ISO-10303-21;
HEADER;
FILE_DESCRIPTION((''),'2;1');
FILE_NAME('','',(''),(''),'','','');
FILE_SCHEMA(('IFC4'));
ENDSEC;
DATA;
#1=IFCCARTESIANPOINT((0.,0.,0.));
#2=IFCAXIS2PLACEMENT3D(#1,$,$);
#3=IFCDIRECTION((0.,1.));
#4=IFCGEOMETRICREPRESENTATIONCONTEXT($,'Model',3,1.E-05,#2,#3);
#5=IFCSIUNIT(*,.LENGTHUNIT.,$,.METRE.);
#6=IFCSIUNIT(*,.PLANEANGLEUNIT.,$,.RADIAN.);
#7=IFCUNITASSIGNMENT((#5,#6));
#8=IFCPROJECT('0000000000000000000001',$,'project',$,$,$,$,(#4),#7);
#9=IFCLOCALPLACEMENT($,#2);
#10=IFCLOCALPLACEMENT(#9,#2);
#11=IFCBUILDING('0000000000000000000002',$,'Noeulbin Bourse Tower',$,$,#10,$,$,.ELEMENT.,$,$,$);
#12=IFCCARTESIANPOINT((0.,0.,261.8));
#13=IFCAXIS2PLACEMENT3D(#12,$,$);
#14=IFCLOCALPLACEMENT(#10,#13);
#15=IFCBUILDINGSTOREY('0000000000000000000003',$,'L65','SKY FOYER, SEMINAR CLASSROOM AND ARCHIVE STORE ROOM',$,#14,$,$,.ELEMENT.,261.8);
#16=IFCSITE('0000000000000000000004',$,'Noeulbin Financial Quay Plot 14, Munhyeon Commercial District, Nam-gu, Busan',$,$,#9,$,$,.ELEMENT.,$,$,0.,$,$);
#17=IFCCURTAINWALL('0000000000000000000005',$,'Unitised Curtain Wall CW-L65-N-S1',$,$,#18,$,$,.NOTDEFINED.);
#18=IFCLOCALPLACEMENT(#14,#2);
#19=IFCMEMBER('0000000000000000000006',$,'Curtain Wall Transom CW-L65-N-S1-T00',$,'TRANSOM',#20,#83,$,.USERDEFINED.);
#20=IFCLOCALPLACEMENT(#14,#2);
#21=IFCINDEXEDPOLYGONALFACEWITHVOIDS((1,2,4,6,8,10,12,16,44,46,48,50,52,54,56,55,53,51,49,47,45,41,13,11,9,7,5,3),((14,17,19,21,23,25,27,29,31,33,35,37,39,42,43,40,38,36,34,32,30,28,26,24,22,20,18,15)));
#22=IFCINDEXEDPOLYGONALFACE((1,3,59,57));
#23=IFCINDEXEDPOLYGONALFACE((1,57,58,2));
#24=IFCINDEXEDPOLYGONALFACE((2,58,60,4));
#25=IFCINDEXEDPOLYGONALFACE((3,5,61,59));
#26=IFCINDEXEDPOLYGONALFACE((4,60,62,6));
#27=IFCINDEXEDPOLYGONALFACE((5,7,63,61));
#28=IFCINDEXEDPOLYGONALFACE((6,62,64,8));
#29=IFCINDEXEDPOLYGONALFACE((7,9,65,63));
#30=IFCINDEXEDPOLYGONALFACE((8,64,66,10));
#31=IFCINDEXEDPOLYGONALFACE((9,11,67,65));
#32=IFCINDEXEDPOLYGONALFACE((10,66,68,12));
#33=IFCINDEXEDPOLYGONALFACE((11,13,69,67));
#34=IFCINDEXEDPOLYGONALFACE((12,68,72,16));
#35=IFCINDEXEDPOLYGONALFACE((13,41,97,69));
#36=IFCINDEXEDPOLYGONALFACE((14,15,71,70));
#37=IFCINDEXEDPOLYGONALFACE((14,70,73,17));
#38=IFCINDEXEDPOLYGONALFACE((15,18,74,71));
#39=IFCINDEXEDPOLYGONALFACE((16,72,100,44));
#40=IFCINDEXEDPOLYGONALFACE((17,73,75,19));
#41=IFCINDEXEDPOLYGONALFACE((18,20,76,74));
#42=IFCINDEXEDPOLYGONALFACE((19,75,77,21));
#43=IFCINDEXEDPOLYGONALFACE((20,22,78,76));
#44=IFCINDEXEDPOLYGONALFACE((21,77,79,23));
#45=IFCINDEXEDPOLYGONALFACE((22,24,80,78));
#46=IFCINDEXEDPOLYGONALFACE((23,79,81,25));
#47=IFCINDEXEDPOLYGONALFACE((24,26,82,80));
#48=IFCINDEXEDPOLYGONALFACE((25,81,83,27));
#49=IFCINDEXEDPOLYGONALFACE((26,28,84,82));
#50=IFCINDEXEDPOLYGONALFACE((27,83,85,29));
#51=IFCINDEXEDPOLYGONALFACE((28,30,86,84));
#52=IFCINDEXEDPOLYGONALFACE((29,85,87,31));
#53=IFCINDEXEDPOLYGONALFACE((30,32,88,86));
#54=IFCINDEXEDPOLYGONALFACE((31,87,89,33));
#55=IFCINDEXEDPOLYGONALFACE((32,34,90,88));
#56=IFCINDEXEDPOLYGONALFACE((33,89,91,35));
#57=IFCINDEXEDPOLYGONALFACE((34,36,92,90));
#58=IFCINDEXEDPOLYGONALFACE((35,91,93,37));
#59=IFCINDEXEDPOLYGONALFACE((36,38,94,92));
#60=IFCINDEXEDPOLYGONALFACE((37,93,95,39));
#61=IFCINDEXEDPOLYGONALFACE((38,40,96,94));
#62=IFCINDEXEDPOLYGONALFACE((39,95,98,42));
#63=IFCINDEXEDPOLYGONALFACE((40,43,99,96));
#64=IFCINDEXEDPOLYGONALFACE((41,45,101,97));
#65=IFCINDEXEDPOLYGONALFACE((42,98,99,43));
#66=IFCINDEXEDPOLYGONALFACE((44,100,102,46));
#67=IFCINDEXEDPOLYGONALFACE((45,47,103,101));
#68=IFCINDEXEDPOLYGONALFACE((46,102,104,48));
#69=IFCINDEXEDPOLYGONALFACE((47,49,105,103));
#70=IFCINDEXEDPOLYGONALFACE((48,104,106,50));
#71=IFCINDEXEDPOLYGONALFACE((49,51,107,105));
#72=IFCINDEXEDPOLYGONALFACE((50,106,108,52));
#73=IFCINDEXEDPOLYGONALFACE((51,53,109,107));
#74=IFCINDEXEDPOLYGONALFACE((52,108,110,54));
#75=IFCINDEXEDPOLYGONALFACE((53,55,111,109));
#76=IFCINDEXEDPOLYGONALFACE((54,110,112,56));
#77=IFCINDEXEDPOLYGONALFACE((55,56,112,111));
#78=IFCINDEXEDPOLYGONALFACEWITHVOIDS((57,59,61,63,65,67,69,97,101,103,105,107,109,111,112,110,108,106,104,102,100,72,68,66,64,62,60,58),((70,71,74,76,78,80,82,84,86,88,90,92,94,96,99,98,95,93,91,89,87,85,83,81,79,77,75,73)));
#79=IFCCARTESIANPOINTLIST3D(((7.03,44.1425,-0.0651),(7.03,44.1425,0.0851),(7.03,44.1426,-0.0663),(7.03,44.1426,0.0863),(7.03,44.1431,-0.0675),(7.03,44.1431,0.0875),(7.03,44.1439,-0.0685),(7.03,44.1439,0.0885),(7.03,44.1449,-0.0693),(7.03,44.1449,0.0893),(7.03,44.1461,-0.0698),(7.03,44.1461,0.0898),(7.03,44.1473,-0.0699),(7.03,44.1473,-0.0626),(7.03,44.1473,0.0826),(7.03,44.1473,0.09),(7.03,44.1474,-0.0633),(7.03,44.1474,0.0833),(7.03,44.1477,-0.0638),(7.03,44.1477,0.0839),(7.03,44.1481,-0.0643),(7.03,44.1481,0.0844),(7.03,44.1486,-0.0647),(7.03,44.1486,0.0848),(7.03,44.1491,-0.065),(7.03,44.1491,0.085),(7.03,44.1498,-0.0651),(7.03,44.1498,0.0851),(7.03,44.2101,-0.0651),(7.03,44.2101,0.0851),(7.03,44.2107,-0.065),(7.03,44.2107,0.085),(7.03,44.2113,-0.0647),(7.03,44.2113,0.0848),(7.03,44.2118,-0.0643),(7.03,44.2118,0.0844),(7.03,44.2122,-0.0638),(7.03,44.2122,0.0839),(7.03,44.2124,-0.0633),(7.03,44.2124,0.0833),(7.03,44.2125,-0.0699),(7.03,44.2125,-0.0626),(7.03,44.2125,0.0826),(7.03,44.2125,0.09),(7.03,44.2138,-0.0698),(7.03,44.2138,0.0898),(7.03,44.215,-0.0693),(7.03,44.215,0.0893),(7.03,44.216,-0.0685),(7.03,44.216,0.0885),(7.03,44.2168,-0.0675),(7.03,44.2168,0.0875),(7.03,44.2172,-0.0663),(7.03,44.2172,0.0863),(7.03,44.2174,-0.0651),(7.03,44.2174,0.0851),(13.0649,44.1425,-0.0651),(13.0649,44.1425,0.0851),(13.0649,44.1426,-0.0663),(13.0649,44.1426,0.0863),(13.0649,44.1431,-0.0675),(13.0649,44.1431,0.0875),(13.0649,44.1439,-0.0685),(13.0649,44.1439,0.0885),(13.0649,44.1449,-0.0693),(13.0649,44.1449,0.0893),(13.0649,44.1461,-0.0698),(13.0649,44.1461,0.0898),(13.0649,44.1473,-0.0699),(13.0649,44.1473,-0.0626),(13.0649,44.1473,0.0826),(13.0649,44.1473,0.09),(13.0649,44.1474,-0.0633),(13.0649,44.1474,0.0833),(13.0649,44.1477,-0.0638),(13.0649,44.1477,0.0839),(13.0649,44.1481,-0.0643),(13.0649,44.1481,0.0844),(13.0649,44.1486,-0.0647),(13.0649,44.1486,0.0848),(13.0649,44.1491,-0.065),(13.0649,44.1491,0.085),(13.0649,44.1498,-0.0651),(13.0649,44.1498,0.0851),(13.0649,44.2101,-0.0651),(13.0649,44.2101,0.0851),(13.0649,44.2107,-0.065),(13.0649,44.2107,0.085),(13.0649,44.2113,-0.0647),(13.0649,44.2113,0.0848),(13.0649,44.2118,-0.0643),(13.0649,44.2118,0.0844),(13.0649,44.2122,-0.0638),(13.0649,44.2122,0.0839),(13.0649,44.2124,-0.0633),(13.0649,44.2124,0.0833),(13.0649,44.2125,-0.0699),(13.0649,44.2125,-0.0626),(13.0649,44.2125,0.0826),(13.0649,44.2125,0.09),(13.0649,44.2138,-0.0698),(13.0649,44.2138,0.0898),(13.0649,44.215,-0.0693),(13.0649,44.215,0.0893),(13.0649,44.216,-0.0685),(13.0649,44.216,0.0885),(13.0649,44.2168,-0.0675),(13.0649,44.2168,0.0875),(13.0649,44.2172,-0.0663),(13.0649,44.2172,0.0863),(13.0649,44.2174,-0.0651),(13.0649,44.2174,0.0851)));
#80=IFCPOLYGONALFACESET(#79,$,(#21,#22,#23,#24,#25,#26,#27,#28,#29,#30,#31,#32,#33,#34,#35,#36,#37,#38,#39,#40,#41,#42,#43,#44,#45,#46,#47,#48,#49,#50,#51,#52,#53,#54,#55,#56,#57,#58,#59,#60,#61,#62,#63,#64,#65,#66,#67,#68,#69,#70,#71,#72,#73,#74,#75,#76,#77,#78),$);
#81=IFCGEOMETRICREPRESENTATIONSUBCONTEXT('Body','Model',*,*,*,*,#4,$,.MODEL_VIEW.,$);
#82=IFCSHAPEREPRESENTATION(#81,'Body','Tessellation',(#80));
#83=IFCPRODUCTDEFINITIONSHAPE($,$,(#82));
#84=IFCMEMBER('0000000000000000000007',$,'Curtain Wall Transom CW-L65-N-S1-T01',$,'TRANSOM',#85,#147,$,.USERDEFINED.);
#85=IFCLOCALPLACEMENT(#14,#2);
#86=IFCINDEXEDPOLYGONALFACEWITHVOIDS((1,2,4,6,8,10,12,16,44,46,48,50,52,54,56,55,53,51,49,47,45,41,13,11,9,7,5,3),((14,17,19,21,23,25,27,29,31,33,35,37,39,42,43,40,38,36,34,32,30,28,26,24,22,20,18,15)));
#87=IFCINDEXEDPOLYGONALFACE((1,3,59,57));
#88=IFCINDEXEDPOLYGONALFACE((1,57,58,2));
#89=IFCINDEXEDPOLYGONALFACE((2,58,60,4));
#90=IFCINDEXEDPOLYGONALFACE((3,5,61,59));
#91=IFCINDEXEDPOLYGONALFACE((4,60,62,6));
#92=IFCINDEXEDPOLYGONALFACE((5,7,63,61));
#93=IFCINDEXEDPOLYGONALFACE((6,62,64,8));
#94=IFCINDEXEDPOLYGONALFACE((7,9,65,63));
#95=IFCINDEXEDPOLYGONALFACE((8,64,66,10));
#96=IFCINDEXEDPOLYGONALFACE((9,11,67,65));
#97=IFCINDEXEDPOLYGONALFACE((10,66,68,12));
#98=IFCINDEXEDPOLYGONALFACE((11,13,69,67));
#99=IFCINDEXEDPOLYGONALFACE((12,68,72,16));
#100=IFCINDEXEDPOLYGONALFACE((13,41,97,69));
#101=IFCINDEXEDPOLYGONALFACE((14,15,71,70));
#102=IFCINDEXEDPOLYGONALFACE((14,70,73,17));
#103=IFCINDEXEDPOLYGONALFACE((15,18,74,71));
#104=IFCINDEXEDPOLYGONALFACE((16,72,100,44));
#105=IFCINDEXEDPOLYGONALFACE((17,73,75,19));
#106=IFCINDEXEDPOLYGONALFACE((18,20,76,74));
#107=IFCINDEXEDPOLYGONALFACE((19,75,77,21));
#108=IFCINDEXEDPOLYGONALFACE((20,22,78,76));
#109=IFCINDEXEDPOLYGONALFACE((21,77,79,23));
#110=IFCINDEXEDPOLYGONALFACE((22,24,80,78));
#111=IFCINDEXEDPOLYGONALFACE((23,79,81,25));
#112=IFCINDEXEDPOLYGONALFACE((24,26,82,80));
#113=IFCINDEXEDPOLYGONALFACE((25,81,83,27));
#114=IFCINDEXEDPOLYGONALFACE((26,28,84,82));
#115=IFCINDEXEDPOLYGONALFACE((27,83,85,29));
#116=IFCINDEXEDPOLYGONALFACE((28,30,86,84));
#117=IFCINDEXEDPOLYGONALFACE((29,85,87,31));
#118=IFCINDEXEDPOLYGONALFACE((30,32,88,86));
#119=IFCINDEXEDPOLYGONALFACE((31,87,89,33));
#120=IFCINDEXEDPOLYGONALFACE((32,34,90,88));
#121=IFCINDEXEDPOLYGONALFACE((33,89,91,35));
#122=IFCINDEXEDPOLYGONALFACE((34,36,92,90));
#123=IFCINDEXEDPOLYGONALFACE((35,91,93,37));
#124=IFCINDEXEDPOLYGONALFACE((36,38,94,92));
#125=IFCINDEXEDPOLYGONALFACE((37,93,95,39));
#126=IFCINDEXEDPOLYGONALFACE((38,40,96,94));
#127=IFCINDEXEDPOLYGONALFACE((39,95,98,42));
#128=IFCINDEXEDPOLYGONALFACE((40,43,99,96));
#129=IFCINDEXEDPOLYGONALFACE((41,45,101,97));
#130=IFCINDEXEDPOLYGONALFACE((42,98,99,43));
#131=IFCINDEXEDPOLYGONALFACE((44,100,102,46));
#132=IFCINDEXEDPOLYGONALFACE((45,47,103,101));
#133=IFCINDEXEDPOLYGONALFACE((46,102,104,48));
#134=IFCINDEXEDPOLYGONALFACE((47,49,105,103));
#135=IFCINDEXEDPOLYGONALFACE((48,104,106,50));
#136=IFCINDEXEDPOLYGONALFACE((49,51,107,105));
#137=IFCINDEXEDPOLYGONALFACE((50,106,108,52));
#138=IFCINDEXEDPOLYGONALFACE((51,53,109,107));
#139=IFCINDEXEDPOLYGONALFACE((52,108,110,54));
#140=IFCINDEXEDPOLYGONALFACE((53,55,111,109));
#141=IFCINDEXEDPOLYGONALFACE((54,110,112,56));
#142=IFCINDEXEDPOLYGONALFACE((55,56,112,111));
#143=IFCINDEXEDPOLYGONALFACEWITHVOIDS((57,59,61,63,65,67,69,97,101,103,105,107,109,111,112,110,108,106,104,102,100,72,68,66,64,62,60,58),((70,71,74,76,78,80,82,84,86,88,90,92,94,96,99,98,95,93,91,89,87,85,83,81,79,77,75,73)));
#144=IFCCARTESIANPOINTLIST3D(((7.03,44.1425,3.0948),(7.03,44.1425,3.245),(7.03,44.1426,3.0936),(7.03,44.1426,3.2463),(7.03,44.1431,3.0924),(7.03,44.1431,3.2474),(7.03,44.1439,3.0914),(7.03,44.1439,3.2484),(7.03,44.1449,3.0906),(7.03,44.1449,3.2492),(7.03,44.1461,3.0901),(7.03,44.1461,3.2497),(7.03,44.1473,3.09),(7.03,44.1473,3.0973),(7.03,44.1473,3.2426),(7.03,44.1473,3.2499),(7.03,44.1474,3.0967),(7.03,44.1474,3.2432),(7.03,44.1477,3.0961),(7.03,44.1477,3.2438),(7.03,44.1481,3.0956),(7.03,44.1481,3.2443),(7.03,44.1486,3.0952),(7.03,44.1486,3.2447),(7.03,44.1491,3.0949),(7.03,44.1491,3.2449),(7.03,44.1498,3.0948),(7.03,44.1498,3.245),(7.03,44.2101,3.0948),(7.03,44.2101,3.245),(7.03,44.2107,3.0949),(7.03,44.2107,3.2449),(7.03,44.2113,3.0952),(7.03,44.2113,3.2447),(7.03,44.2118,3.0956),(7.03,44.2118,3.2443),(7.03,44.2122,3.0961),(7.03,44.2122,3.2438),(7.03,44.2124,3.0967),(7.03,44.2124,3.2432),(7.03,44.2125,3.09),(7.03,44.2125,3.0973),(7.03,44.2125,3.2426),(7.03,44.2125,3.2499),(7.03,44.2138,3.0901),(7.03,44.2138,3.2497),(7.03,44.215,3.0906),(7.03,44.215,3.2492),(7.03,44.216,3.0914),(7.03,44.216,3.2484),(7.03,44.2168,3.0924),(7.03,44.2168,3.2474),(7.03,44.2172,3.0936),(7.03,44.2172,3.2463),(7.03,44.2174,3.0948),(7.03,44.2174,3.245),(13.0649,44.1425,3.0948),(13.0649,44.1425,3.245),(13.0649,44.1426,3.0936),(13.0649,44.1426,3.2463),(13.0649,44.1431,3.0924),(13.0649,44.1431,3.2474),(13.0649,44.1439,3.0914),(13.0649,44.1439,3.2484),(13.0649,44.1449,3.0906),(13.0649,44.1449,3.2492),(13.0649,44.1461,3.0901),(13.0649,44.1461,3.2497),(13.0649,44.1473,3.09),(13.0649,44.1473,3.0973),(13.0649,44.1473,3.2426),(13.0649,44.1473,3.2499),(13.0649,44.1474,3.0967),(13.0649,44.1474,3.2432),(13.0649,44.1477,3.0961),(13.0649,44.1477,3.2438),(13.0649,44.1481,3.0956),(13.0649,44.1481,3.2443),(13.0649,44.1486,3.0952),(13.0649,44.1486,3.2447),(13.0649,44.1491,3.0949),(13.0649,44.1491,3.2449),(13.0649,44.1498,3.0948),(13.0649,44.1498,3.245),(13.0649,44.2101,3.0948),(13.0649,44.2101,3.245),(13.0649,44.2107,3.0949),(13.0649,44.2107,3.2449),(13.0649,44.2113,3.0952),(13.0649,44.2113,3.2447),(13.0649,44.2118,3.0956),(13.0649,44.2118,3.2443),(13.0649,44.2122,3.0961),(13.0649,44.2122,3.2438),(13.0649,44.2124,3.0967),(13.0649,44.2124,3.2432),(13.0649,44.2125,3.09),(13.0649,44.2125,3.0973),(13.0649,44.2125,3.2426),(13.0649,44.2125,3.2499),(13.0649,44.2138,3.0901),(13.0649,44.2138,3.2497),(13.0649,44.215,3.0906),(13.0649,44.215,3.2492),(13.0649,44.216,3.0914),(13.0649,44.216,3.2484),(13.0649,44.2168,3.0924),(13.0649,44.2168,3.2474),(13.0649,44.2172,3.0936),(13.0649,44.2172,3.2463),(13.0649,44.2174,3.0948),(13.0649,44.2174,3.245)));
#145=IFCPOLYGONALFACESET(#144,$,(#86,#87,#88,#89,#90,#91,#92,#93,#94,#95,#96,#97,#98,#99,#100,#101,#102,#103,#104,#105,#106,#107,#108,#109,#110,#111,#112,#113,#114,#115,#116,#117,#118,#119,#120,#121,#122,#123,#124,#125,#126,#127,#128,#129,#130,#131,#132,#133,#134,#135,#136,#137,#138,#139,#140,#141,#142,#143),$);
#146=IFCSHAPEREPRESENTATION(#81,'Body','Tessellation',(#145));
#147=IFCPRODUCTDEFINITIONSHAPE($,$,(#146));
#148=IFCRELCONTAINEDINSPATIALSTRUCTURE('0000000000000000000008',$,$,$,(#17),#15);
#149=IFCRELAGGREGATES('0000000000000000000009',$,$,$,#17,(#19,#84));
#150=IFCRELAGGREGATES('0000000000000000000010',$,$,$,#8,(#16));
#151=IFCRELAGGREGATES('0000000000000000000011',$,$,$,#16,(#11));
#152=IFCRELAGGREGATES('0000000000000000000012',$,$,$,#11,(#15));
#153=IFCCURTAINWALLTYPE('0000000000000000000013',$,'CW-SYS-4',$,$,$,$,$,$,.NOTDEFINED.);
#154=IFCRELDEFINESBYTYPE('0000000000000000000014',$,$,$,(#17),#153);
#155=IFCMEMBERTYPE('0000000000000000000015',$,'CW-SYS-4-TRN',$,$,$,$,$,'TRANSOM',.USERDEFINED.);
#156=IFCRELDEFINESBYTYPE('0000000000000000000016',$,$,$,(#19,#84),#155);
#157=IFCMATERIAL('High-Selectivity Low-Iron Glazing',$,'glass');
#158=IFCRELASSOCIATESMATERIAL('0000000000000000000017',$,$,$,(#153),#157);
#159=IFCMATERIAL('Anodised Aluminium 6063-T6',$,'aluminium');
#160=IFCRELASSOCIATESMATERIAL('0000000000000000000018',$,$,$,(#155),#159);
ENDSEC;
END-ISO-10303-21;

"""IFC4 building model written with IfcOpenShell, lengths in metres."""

from ifc_helpers import new_model, si_unit, direction, frame, origin, origin_2d, place, context, subcontext, project, spatial, hollow_rectangle, extrude, material, material_profile, profile_set, type_object, element, aggregate, save


model = new_model("IFC4")

# Units and contexts
model_context = context("Model", 3, precision=1e-05, world=origin(), true_north=direction((0.0, 1.0)))
body_context = subcontext(model_context, "Body", "Model", "MODEL_VIEW")
ifc_project = project(units=[si_unit("LENGTHUNIT", "METRE"), si_unit("PLANEANGLEUNIT", "RADIAN")], contexts=[model_context])

# Site, building, storey
site_placement = place(None, origin())
site = spatial("IfcSite", under=ifc_project, at=site_placement, Name="Noeulbin Financial Quay Plot 14, Munhyeon Commercial District, Nam-gu, Busan", CompositionType="ELEMENT", RefElevation=0.0)
building_placement = place(site_placement, origin())
building = spatial("IfcBuilding", under=site, at=building_placement, Name="Noeulbin Bourse Tower", CompositionType="ELEMENT")
storey_placement = place(building_placement, frame((0.0, 0.0, 261.8)))
storey = spatial("IfcBuildingStorey", under=building, at=storey_placement, Name="L65", Description="SKY FOYER, SEMINAR CLASSROOM AND ARCHIVE STORE ROOM", CompositionType="ELEMENT", Elevation=261.8)

# Curtain wall
ifc_material_1 = material(Name="High-Selectivity Low-Iron Glazing", Category="glass")
curtain_wall_type = type_object("IfcCurtainWallType", Name="CW-SYS-4", PredefinedType="NOTDEFINED", material=ifc_material_1)
curtain_wall_1_placement = place(storey_placement, origin())
curtain_wall_1 = element("IfcCurtainWall", 1, at=curtain_wall_1_placement, inside=storey, type_object=curtain_wall_type, Name="Unitised Curtain Wall CW-L65-N-S1", PredefinedType="NOTDEFINED")
ifc_material_2 = material(Name="Anodised Aluminium 6063-T6", Category="aluminium")

# Members
ifc_material_profile_1 = material_profile(ifc_material_2, hollow_rectangle(XDim=0.075, YDim=0.1599, WallThickness=0.0049, InnerFilletRadius=0.0024, OuterFilletRadius=0.0049, at=origin_2d()), Name="ALU-TRAN-75x160x5", Category="LoadBearing")
ifc_profile_set_1 = profile_set([ifc_material_profile_1], Name="Anodised Aluminium 6063-T6")
member_type_1 = type_object("IfcMemberType", Name="CW-SYS-4-TRN", ElementType="TRANSOM", PredefinedType="USERDEFINED", material=ifc_profile_set_1)
member_1_placement = place(storey_placement, frame((7.03, 44.1799, 0.01), z_axis=(1.0, 0.0, 0.0), x_axis=(0.0, 1.0, 0.0)))
member_1 = element("IfcMember", 2, at=member_1_placement, type_object=member_type_1, Name="Curtain Wall Transom CW-L65-N-S1-T00", ObjectType="TRANSOM", PredefinedType="USERDEFINED", context=body_context, shape_type="SweptSolid", body=[
    extrude(hollow_rectangle(XDim=0.075, YDim=0.1599, WallThickness=0.0049, InnerFilletRadius=0.0024, OuterFilletRadius=0.0049, at=origin_2d()), origin(), (0.0, 0.0, 1.0), 6.0349),
])
member_2_placement = place(storey_placement, frame((7.03, 44.1799, 3.1699), z_axis=(1.0, 0.0, 0.0), x_axis=(0.0, 1.0, 0.0)))
member_2 = element("IfcMember", 3, at=member_2_placement, type_object=member_type_1, Name="Curtain Wall Transom CW-L65-N-S1-T01", ObjectType="TRANSOM", PredefinedType="USERDEFINED", context=body_context, shape_type="SweptSolid", body=[
    extrude(hollow_rectangle(XDim=0.075, YDim=0.1599, WallThickness=0.0049, InnerFilletRadius=0.0024, OuterFilletRadius=0.0049, at=origin_2d()), origin(), (0.0, 0.0, 1.0), 6.0349),
])

aggregate(curtain_wall_1, [member_1, member_2])

save(model, "model.ifc")
